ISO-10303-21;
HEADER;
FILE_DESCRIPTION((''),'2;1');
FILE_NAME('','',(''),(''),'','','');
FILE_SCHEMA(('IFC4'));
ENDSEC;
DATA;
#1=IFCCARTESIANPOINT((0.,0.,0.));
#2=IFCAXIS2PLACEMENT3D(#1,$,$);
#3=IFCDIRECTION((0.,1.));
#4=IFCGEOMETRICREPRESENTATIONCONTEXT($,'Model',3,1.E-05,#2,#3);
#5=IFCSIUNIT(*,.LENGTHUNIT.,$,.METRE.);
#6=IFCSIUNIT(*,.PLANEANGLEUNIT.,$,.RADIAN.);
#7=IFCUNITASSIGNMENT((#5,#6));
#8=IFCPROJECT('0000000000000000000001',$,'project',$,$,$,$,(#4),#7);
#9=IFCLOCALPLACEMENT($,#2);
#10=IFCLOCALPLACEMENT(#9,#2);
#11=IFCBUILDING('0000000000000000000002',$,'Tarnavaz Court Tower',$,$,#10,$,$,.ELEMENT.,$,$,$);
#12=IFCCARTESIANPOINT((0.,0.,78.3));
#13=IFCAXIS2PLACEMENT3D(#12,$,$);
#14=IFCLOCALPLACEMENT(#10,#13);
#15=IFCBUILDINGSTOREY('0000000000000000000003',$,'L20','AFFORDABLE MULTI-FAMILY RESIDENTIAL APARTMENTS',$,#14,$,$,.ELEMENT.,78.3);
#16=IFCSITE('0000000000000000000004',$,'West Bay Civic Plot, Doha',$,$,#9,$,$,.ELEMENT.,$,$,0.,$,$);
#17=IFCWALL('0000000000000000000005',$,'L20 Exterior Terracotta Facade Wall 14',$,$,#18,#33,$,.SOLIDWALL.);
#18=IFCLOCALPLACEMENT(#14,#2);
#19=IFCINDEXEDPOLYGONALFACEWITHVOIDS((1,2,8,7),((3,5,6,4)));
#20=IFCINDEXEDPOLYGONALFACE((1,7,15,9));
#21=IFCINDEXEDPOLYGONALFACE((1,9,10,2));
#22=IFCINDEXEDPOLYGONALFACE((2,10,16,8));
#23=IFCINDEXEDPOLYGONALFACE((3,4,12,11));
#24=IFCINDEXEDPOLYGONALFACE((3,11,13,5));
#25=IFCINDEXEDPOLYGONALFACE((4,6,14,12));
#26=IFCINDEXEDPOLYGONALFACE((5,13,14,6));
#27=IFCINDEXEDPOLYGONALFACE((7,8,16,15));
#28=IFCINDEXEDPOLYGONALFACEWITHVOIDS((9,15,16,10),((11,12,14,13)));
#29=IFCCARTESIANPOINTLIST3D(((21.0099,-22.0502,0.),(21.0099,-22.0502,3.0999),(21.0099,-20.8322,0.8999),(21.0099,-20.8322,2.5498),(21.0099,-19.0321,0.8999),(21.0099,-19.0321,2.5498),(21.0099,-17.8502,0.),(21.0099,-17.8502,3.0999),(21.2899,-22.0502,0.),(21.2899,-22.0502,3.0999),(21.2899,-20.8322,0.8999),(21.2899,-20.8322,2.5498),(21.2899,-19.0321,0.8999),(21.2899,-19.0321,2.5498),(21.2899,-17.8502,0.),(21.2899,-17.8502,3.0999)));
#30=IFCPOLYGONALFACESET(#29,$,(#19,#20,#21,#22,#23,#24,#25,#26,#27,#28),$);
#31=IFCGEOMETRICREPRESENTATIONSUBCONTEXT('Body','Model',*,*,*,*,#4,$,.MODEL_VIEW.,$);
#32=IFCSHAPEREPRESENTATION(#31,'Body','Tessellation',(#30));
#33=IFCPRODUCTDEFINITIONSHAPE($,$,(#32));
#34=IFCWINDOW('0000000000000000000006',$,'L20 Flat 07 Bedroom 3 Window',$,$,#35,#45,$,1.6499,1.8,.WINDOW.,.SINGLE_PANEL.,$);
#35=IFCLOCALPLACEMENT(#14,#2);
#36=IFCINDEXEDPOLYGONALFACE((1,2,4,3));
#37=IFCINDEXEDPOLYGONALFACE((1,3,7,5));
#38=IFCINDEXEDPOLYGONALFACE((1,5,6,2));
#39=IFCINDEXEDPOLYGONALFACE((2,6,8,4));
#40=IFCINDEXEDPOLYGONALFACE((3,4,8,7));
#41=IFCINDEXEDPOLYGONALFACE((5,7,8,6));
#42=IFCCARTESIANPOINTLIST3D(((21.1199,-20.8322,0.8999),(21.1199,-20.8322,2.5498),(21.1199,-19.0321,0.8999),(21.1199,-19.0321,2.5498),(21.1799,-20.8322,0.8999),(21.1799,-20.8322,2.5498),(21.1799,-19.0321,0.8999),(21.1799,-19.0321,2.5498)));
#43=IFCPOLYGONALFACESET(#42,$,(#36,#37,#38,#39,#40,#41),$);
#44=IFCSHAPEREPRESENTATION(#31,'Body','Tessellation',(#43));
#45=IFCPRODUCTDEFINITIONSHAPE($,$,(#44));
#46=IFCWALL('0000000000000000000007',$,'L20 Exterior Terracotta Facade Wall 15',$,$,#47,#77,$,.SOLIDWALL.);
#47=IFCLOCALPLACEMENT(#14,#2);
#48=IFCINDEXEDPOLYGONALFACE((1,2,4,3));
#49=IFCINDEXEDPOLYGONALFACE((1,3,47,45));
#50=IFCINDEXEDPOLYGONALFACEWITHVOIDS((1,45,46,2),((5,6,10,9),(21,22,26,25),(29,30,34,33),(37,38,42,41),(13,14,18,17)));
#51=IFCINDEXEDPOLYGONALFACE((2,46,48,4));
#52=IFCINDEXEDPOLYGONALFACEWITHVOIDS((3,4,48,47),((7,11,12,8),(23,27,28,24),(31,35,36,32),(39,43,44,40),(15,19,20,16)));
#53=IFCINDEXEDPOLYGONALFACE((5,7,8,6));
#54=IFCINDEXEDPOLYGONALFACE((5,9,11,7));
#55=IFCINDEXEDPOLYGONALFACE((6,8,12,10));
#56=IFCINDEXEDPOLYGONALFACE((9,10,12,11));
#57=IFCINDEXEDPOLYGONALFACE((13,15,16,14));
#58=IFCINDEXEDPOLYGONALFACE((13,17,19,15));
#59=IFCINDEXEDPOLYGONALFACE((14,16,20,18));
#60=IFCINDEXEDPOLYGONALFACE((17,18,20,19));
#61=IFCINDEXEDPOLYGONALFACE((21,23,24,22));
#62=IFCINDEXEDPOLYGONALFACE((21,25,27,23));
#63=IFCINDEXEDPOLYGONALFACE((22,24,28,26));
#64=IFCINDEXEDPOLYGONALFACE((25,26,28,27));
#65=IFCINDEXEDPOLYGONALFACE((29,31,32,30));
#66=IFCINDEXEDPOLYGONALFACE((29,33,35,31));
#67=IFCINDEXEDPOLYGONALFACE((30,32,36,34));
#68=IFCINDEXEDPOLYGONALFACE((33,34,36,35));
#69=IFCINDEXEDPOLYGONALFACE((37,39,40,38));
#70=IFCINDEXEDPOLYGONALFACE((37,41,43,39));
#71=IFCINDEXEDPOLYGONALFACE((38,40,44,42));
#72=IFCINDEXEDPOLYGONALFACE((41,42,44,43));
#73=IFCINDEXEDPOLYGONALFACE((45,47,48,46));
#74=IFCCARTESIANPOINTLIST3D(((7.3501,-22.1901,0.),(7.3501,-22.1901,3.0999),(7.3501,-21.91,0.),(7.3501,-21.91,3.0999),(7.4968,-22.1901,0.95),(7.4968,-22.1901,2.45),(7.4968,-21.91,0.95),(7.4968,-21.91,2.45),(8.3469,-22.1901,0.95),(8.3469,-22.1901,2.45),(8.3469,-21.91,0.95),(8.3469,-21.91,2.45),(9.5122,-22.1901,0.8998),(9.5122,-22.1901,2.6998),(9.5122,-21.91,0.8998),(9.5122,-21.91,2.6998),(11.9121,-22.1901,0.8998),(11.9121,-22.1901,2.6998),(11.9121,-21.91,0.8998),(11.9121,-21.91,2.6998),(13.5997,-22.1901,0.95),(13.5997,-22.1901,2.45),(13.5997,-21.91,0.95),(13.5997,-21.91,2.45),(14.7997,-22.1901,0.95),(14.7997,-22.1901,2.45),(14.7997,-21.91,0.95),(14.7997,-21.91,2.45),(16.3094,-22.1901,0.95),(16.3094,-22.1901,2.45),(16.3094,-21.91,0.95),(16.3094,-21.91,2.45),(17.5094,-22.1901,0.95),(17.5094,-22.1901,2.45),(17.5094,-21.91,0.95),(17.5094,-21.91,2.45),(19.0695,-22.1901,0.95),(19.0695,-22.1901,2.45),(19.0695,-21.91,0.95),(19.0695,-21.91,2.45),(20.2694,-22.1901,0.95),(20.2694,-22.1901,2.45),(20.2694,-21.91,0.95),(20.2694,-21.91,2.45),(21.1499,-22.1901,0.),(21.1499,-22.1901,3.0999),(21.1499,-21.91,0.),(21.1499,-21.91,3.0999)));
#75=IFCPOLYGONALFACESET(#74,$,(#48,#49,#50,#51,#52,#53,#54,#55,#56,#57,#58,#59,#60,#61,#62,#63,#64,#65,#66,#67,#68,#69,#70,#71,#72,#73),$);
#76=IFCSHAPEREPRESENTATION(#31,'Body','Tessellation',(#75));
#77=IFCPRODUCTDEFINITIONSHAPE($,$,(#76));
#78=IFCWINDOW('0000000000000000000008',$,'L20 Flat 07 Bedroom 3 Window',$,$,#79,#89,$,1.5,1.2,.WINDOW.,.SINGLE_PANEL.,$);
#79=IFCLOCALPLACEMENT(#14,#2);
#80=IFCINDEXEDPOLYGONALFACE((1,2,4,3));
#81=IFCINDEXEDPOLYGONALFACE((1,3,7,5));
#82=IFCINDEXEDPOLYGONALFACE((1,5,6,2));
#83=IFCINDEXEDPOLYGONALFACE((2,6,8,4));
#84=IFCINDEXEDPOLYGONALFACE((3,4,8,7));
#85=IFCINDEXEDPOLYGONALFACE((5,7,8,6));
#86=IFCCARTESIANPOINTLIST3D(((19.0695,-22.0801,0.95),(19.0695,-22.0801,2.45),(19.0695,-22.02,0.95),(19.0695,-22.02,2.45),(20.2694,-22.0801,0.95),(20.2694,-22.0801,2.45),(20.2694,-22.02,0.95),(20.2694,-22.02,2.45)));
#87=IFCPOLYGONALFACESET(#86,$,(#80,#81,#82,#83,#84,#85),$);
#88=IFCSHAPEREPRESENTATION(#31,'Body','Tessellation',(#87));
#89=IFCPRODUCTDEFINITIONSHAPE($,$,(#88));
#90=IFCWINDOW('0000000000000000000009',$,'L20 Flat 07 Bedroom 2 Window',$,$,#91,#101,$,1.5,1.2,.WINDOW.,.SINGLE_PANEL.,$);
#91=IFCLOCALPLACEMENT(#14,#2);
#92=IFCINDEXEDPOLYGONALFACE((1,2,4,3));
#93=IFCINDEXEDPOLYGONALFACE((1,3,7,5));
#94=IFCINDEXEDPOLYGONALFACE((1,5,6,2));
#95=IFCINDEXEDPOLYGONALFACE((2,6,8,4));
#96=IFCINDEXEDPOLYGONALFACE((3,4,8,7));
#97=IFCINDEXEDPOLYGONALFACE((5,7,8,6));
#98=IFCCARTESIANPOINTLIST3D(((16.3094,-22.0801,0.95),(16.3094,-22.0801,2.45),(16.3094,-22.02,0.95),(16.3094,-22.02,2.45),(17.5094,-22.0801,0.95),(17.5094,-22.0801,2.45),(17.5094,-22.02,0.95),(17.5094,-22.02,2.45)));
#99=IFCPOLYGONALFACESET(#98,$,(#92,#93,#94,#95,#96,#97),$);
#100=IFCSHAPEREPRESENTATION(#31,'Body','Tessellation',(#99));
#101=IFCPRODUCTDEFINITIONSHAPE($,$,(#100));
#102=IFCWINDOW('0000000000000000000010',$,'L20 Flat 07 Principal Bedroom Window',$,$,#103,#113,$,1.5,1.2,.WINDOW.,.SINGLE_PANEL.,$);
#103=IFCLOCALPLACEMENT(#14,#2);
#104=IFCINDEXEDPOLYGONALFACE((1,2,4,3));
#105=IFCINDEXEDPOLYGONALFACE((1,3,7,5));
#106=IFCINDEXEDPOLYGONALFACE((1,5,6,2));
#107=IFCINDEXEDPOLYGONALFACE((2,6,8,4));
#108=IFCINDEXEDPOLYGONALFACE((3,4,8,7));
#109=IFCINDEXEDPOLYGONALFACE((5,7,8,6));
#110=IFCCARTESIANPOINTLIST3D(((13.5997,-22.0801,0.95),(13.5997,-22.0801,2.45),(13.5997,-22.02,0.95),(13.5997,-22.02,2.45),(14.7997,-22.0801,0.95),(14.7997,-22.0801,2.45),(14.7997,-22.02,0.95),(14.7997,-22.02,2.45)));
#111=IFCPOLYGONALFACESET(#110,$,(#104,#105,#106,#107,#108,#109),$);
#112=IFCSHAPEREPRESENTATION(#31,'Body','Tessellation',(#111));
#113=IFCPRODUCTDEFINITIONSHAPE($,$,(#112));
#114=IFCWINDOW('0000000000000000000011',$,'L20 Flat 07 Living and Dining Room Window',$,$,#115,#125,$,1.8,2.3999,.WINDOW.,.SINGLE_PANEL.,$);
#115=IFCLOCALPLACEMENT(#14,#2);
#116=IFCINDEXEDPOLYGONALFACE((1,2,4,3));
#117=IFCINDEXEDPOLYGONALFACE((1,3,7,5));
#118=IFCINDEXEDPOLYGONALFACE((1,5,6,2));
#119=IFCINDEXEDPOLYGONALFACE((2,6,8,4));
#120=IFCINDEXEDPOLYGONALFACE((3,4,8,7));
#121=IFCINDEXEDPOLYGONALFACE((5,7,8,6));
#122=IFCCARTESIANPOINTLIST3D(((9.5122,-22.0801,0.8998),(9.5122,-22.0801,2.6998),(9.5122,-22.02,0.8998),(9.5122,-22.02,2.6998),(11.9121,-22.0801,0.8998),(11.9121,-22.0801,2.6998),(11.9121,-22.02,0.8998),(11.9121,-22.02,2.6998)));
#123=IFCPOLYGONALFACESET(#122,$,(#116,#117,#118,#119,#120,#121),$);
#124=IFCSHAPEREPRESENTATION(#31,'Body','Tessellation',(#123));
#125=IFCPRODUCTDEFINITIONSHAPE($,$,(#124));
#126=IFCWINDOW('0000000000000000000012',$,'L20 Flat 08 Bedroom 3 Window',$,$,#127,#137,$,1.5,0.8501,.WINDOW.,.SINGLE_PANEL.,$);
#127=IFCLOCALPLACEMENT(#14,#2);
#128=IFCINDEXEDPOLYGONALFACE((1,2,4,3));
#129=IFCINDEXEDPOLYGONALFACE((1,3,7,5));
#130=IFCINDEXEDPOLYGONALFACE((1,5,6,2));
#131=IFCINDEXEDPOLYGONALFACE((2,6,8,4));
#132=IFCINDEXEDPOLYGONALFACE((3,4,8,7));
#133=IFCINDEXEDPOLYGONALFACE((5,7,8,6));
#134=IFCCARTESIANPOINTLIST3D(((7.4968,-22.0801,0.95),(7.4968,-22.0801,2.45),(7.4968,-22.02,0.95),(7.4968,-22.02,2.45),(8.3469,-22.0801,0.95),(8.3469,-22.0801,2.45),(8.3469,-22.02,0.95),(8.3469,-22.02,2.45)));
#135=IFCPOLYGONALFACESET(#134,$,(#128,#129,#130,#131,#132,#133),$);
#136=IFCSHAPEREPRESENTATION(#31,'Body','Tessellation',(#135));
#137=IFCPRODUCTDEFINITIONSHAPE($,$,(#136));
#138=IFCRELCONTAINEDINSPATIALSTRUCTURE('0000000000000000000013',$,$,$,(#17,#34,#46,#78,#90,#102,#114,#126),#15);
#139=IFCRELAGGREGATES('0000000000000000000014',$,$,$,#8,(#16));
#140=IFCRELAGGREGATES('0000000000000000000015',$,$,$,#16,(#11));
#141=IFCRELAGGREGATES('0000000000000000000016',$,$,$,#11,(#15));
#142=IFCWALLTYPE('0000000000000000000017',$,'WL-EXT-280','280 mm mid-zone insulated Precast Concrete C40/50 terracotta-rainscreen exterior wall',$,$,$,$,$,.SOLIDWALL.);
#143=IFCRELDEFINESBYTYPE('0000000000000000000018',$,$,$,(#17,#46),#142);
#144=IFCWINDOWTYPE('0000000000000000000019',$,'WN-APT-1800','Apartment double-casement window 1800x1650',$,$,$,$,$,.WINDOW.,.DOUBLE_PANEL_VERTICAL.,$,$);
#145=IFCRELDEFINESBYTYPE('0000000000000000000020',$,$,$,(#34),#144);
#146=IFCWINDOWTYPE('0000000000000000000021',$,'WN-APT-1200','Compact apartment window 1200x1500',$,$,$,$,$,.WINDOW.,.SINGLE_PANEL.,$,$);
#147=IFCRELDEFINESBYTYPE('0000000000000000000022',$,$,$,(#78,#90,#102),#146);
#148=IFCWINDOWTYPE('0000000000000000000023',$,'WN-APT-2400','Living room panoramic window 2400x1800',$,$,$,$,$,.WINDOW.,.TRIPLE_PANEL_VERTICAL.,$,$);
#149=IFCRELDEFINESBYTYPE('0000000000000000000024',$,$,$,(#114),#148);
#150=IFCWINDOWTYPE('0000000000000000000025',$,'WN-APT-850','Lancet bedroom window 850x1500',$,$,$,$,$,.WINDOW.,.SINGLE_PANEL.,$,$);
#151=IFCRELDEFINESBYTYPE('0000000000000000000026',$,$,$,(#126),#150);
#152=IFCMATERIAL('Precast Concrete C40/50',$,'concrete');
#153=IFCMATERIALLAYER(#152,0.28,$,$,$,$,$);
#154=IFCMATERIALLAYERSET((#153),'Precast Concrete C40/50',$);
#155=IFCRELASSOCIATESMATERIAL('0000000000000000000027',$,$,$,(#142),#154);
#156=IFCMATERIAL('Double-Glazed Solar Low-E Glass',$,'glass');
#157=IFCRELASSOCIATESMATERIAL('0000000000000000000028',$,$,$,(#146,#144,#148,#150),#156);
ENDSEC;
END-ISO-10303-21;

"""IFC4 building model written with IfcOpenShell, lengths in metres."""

from ifc_helpers import new_model, si_unit, direction, frame, frame_2d, origin, place, context, subcontext, project, spatial, rectangle, extrude, material, layer, layer_set, type_object, element, fill, save


model = new_model("IFC4")

# Units and contexts
model_context = context("Model", 3, precision=1e-05, world=origin(), true_north=direction((0.0, 1.0)))
body_context = subcontext(model_context, "Body", "Model", "MODEL_VIEW")
ifc_project = project(units=[si_unit("LENGTHUNIT", "METRE"), si_unit("PLANEANGLEUNIT", "RADIAN")], contexts=[model_context])

# Site, building, storey
site_placement = place(None, origin())
site = spatial("IfcSite", under=ifc_project, at=site_placement, Name="West Bay Civic Plot, Doha", CompositionType="ELEMENT", RefElevation=0.0)
building_placement = place(site_placement, origin())
building = spatial("IfcBuilding", under=site, at=building_placement, Name="Tarnavaz Court Tower", CompositionType="ELEMENT")
storey_placement = place(building_placement, frame((0.0, 0.0, 78.3)))
storey = spatial("IfcBuildingStorey", under=building, at=storey_placement, Name="L20", Description="AFFORDABLE MULTI-FAMILY RESIDENTIAL APARTMENTS", CompositionType="ELEMENT", Elevation=78.3)

# Shared definitions
ifc_material_1 = material(Name="Precast Concrete C40/50", Category="concrete")
ifc_layer = layer(ifc_material_1, 0.28)
ifc_layer_set = layer_set([ifc_layer], Name="Precast Concrete C40/50")
wall_type = type_object("IfcWallType", Name="WL-EXT-280", Description="280 mm mid-zone insulated Precast Concrete C40/50 terracotta-rainscreen exterior wall", PredefinedType="SOLIDWALL", material=ifc_layer_set)
ifc_material_2 = material(Name="Double-Glazed Solar Low-E Glass", Category="glass")
window_type_1 = type_object("IfcWindowType", Name="WN-APT-1200", Description="Compact apartment window 1200x1500", PartitioningType="SINGLE_PANEL", PredefinedType="WINDOW", material=ifc_material_2)

# Wall, opening, window
wall_1_placement = place(storey_placement, frame((21.1499, -17.8501, 0.0), z_axis=(0.0, 0.0, 1.0), x_axis=(0.0, -1.0, 0.0)))
wall_1 = element("IfcWall", 1, at=wall_1_placement, inside=storey, type_object=wall_type, Name="L20 Exterior Terracotta Facade Wall 14", PredefinedType="SOLIDWALL", context=body_context, shape_type="SweptSolid", body=[
    extrude(rectangle(XDim=4.2, YDim=0.28, at=frame_2d((2.1001, 0.0))), origin(), (0.0, 0.0, 1.0), 3.0999),
])
opening_1_placement = place(wall_1_placement, frame((1.1821, 0.0, 0.8999)))
opening_1 = element("IfcOpeningElement", 2, at=opening_1_placement, cuts=wall_1, PredefinedType="OPENING", context=body_context, shape_type="SweptSolid", body=[
    extrude(rectangle(XDim=1.8, YDim=1.6499, at=frame_2d((0.8999, 0.825))), frame((0.0, 0.1499, 0.0), z_axis=(0.0, -1.0, 0.0), x_axis=(1.0, 0.0, 0.0)), (0.0, 0.0, 1.0), 0.3),
])
window_type_2 = type_object("IfcWindowType", Name="WN-APT-1800", Description="Apartment double-casement window 1800x1650", PartitioningType="DOUBLE_PANEL_VERTICAL", PredefinedType="WINDOW", material=ifc_material_2)
window_1_placement = place(opening_1_placement, origin())
window_1 = element("IfcWindow", 3, at=window_1_placement, inside=storey, type_object=window_type_2, Name="L20 Flat 07 Bedroom 3 Window", OverallHeight=1.6499, OverallWidth=1.8, PartitioningType="SINGLE_PANEL", PredefinedType="WINDOW", context=body_context, shape_type="SweptSolid", body=[
    extrude(rectangle(XDim=1.8, YDim=1.6499, at=frame_2d((0.8999, 0.825))), frame((0.0, 0.03, 0.0), z_axis=(0.0, -1.0, 0.0), x_axis=(1.0, 0.0, 0.0)), (0.0, 0.0, 1.0), 0.0601),
])
fill(opening_1, window_1)

# Wall, openings, windows
wall_2_placement = place(storey_placement, frame((21.1499, -22.05, 0.0), z_axis=(0.0, 0.0, 1.0), x_axis=(-1.0, 0.0, 0.0)))
wall_2 = element("IfcWall", 4, at=wall_2_placement, inside=storey, type_object=wall_type, Name="L20 Exterior Terracotta Facade Wall 15", PredefinedType="SOLIDWALL", context=body_context, shape_type="SweptSolid", body=[
    extrude(rectangle(XDim=13.7998, YDim=0.28, at=frame_2d((6.8999, 0.0))), origin(), (0.0, 0.0, 1.0), 3.0999),
])
opening_2_placement = place(wall_2_placement, frame((0.8804, 0.0, 0.95)))
opening_2 = element("IfcOpeningElement", 5, at=opening_2_placement, cuts=wall_2, PredefinedType="OPENING", context=body_context, shape_type="SweptSolid", body=[
    extrude(rectangle(XDim=1.2, YDim=1.5, at=frame_2d((0.6001, 0.75))), frame((0.0, 0.1499, 0.0), z_axis=(0.0, -1.0, 0.0), x_axis=(1.0, 0.0, 0.0)), (0.0, 0.0, 1.0), 0.3),
])
opening_3_placement = place(wall_2_placement, frame((3.6404, 0.0, 0.95)))
opening_3 = element("IfcOpeningElement", 6, at=opening_3_placement, cuts=wall_2, PredefinedType="OPENING", context=body_context, shape_type="SweptSolid", body=[
    extrude(rectangle(XDim=1.2, YDim=1.5, at=frame_2d((0.6001, 0.75))), frame((0.0, 0.1499, 0.0), z_axis=(0.0, -1.0, 0.0), x_axis=(1.0, 0.0, 0.0)), (0.0, 0.0, 1.0), 0.3),
])
opening_4_placement = place(wall_2_placement, frame((6.3501, 0.0, 0.95)))
opening_4 = element("IfcOpeningElement", 7, at=opening_4_placement, cuts=wall_2, PredefinedType="OPENING", context=body_context, shape_type="SweptSolid", body=[
    extrude(rectangle(XDim=1.2, YDim=1.5, at=frame_2d((0.6001, 0.75))), frame((0.0, 0.1499, 0.0), z_axis=(0.0, -1.0, 0.0), x_axis=(1.0, 0.0, 0.0)), (0.0, 0.0, 1.0), 0.3),
])
opening_5_placement = place(wall_2_placement, frame((9.2378, 0.0, 0.8999)))
opening_5 = element("IfcOpeningElement", 8, at=opening_5_placement, cuts=wall_2, PredefinedType="OPENING", context=body_context, shape_type="SweptSolid", body=[
    extrude(rectangle(XDim=2.3999, YDim=1.8, at=frame_2d((1.2, 0.8999))), frame((0.0, 0.1499, 0.0), z_axis=(0.0, -1.0, 0.0), x_axis=(1.0, 0.0, 0.0)), (0.0, 0.0, 1.0), 0.3),
])
opening_6_placement = place(wall_2_placement, frame((12.803, 0.0, 0.95)))
opening_6 = element("IfcOpeningElement", 9, at=opening_6_placement, cuts=wall_2, PredefinedType="OPENING", context=body_context, shape_type="SweptSolid", body=[
    extrude(rectangle(XDim=0.8501, YDim=1.5, at=frame_2d((0.425, 0.75))), frame((0.0, 0.1499, 0.0), z_axis=(0.0, -1.0, 0.0), x_axis=(1.0, 0.0, 0.0)), (0.0, 0.0, 1.0), 0.3),
])
window_2_placement = place(opening_2_placement, origin())
window_2 = element("IfcWindow", 10, at=window_2_placement, inside=storey, type_object=window_type_1, Name="L20 Flat 07 Bedroom 3 Window", OverallHeight=1.5, OverallWidth=1.2, PartitioningType="SINGLE_PANEL", PredefinedType="WINDOW", context=body_context, shape_type="SweptSolid", body=[
    extrude(rectangle(XDim=1.2, YDim=1.5, at=frame_2d((0.6001, 0.75))), frame((0.0, 0.03, 0.0), z_axis=(0.0, -1.0, 0.0), x_axis=(1.0, 0.0, 0.0)), (0.0, 0.0, 1.0), 0.0601),
])
fill(opening_2, window_2)
window_3_placement = place(opening_3_placement, origin())
window_3 = element("IfcWindow", 11, at=window_3_placement, inside=storey, type_object=window_type_1, Name="L20 Flat 07 Bedroom 2 Window", OverallHeight=1.5, OverallWidth=1.2, PartitioningType="SINGLE_PANEL", PredefinedType="WINDOW", context=body_context, shape_type="SweptSolid", body=[
    extrude(rectangle(XDim=1.2, YDim=1.5, at=frame_2d((0.6001, 0.75))), frame((0.0, 0.03, 0.0), z_axis=(0.0, -1.0, 0.0), x_axis=(1.0, 0.0, 0.0)), (0.0, 0.0, 1.0), 0.0601),
])
fill(opening_3, window_3)
window_4_placement = place(opening_4_placement, origin())
window_4 = element("IfcWindow", 12, at=window_4_placement, inside=storey, type_object=window_type_1, Name="L20 Flat 07 Principal Bedroom Window", OverallHeight=1.5, OverallWidth=1.2, PartitioningType="SINGLE_PANEL", PredefinedType="WINDOW", context=body_context, shape_type="SweptSolid", body=[
    extrude(rectangle(XDim=1.2, YDim=1.5, at=frame_2d((0.6001, 0.75))), frame((0.0, 0.03, 0.0), z_axis=(0.0, -1.0, 0.0), x_axis=(1.0, 0.0, 0.0)), (0.0, 0.0, 1.0), 0.0601),
])
fill(opening_4, window_4)
window_type_3 = type_object("IfcWindowType", Name="WN-APT-2400", Description="Living room panoramic window 2400x1800", PartitioningType="TRIPLE_PANEL_VERTICAL", PredefinedType="WINDOW", material=ifc_material_2)
window_5_placement = place(opening_5_placement, origin())
window_5 = element("IfcWindow", 13, at=window_5_placement, inside=storey, type_object=window_type_3, Name="L20 Flat 07 Living and Dining Room Window", OverallHeight=1.8, OverallWidth=2.3999, PartitioningType="SINGLE_PANEL", PredefinedType="WINDOW", context=body_context, shape_type="SweptSolid", body=[
    extrude(rectangle(XDim=2.3999, YDim=1.8, at=frame_2d((1.2, 0.8999))), frame((0.0, 0.03, 0.0), z_axis=(0.0, -1.0, 0.0), x_axis=(1.0, 0.0, 0.0)), (0.0, 0.0, 1.0), 0.0601),
])
fill(opening_5, window_5)
window_type_4 = type_object("IfcWindowType", Name="WN-APT-850", Description="Lancet bedroom window 850x1500", PartitioningType="SINGLE_PANEL", PredefinedType="WINDOW", material=ifc_material_2)
window_6_placement = place(opening_6_placement, origin())
window_6 = element("IfcWindow", 14, at=window_6_placement, inside=storey, type_object=window_type_4, Name="L20 Flat 08 Bedroom 3 Window", OverallHeight=1.5, OverallWidth=0.8501, PartitioningType="SINGLE_PANEL", PredefinedType="WINDOW", context=body_context, shape_type="SweptSolid", body=[
    extrude(rectangle(XDim=0.8501, YDim=1.5, at=frame_2d((0.425, 0.75))), frame((0.0, 0.03, 0.0), z_axis=(0.0, -1.0, 0.0), x_axis=(1.0, 0.0, 0.0)), (0.0, 0.0, 1.0), 0.0601),
])
fill(opening_6, window_6)

save(model, "model.ifc")
